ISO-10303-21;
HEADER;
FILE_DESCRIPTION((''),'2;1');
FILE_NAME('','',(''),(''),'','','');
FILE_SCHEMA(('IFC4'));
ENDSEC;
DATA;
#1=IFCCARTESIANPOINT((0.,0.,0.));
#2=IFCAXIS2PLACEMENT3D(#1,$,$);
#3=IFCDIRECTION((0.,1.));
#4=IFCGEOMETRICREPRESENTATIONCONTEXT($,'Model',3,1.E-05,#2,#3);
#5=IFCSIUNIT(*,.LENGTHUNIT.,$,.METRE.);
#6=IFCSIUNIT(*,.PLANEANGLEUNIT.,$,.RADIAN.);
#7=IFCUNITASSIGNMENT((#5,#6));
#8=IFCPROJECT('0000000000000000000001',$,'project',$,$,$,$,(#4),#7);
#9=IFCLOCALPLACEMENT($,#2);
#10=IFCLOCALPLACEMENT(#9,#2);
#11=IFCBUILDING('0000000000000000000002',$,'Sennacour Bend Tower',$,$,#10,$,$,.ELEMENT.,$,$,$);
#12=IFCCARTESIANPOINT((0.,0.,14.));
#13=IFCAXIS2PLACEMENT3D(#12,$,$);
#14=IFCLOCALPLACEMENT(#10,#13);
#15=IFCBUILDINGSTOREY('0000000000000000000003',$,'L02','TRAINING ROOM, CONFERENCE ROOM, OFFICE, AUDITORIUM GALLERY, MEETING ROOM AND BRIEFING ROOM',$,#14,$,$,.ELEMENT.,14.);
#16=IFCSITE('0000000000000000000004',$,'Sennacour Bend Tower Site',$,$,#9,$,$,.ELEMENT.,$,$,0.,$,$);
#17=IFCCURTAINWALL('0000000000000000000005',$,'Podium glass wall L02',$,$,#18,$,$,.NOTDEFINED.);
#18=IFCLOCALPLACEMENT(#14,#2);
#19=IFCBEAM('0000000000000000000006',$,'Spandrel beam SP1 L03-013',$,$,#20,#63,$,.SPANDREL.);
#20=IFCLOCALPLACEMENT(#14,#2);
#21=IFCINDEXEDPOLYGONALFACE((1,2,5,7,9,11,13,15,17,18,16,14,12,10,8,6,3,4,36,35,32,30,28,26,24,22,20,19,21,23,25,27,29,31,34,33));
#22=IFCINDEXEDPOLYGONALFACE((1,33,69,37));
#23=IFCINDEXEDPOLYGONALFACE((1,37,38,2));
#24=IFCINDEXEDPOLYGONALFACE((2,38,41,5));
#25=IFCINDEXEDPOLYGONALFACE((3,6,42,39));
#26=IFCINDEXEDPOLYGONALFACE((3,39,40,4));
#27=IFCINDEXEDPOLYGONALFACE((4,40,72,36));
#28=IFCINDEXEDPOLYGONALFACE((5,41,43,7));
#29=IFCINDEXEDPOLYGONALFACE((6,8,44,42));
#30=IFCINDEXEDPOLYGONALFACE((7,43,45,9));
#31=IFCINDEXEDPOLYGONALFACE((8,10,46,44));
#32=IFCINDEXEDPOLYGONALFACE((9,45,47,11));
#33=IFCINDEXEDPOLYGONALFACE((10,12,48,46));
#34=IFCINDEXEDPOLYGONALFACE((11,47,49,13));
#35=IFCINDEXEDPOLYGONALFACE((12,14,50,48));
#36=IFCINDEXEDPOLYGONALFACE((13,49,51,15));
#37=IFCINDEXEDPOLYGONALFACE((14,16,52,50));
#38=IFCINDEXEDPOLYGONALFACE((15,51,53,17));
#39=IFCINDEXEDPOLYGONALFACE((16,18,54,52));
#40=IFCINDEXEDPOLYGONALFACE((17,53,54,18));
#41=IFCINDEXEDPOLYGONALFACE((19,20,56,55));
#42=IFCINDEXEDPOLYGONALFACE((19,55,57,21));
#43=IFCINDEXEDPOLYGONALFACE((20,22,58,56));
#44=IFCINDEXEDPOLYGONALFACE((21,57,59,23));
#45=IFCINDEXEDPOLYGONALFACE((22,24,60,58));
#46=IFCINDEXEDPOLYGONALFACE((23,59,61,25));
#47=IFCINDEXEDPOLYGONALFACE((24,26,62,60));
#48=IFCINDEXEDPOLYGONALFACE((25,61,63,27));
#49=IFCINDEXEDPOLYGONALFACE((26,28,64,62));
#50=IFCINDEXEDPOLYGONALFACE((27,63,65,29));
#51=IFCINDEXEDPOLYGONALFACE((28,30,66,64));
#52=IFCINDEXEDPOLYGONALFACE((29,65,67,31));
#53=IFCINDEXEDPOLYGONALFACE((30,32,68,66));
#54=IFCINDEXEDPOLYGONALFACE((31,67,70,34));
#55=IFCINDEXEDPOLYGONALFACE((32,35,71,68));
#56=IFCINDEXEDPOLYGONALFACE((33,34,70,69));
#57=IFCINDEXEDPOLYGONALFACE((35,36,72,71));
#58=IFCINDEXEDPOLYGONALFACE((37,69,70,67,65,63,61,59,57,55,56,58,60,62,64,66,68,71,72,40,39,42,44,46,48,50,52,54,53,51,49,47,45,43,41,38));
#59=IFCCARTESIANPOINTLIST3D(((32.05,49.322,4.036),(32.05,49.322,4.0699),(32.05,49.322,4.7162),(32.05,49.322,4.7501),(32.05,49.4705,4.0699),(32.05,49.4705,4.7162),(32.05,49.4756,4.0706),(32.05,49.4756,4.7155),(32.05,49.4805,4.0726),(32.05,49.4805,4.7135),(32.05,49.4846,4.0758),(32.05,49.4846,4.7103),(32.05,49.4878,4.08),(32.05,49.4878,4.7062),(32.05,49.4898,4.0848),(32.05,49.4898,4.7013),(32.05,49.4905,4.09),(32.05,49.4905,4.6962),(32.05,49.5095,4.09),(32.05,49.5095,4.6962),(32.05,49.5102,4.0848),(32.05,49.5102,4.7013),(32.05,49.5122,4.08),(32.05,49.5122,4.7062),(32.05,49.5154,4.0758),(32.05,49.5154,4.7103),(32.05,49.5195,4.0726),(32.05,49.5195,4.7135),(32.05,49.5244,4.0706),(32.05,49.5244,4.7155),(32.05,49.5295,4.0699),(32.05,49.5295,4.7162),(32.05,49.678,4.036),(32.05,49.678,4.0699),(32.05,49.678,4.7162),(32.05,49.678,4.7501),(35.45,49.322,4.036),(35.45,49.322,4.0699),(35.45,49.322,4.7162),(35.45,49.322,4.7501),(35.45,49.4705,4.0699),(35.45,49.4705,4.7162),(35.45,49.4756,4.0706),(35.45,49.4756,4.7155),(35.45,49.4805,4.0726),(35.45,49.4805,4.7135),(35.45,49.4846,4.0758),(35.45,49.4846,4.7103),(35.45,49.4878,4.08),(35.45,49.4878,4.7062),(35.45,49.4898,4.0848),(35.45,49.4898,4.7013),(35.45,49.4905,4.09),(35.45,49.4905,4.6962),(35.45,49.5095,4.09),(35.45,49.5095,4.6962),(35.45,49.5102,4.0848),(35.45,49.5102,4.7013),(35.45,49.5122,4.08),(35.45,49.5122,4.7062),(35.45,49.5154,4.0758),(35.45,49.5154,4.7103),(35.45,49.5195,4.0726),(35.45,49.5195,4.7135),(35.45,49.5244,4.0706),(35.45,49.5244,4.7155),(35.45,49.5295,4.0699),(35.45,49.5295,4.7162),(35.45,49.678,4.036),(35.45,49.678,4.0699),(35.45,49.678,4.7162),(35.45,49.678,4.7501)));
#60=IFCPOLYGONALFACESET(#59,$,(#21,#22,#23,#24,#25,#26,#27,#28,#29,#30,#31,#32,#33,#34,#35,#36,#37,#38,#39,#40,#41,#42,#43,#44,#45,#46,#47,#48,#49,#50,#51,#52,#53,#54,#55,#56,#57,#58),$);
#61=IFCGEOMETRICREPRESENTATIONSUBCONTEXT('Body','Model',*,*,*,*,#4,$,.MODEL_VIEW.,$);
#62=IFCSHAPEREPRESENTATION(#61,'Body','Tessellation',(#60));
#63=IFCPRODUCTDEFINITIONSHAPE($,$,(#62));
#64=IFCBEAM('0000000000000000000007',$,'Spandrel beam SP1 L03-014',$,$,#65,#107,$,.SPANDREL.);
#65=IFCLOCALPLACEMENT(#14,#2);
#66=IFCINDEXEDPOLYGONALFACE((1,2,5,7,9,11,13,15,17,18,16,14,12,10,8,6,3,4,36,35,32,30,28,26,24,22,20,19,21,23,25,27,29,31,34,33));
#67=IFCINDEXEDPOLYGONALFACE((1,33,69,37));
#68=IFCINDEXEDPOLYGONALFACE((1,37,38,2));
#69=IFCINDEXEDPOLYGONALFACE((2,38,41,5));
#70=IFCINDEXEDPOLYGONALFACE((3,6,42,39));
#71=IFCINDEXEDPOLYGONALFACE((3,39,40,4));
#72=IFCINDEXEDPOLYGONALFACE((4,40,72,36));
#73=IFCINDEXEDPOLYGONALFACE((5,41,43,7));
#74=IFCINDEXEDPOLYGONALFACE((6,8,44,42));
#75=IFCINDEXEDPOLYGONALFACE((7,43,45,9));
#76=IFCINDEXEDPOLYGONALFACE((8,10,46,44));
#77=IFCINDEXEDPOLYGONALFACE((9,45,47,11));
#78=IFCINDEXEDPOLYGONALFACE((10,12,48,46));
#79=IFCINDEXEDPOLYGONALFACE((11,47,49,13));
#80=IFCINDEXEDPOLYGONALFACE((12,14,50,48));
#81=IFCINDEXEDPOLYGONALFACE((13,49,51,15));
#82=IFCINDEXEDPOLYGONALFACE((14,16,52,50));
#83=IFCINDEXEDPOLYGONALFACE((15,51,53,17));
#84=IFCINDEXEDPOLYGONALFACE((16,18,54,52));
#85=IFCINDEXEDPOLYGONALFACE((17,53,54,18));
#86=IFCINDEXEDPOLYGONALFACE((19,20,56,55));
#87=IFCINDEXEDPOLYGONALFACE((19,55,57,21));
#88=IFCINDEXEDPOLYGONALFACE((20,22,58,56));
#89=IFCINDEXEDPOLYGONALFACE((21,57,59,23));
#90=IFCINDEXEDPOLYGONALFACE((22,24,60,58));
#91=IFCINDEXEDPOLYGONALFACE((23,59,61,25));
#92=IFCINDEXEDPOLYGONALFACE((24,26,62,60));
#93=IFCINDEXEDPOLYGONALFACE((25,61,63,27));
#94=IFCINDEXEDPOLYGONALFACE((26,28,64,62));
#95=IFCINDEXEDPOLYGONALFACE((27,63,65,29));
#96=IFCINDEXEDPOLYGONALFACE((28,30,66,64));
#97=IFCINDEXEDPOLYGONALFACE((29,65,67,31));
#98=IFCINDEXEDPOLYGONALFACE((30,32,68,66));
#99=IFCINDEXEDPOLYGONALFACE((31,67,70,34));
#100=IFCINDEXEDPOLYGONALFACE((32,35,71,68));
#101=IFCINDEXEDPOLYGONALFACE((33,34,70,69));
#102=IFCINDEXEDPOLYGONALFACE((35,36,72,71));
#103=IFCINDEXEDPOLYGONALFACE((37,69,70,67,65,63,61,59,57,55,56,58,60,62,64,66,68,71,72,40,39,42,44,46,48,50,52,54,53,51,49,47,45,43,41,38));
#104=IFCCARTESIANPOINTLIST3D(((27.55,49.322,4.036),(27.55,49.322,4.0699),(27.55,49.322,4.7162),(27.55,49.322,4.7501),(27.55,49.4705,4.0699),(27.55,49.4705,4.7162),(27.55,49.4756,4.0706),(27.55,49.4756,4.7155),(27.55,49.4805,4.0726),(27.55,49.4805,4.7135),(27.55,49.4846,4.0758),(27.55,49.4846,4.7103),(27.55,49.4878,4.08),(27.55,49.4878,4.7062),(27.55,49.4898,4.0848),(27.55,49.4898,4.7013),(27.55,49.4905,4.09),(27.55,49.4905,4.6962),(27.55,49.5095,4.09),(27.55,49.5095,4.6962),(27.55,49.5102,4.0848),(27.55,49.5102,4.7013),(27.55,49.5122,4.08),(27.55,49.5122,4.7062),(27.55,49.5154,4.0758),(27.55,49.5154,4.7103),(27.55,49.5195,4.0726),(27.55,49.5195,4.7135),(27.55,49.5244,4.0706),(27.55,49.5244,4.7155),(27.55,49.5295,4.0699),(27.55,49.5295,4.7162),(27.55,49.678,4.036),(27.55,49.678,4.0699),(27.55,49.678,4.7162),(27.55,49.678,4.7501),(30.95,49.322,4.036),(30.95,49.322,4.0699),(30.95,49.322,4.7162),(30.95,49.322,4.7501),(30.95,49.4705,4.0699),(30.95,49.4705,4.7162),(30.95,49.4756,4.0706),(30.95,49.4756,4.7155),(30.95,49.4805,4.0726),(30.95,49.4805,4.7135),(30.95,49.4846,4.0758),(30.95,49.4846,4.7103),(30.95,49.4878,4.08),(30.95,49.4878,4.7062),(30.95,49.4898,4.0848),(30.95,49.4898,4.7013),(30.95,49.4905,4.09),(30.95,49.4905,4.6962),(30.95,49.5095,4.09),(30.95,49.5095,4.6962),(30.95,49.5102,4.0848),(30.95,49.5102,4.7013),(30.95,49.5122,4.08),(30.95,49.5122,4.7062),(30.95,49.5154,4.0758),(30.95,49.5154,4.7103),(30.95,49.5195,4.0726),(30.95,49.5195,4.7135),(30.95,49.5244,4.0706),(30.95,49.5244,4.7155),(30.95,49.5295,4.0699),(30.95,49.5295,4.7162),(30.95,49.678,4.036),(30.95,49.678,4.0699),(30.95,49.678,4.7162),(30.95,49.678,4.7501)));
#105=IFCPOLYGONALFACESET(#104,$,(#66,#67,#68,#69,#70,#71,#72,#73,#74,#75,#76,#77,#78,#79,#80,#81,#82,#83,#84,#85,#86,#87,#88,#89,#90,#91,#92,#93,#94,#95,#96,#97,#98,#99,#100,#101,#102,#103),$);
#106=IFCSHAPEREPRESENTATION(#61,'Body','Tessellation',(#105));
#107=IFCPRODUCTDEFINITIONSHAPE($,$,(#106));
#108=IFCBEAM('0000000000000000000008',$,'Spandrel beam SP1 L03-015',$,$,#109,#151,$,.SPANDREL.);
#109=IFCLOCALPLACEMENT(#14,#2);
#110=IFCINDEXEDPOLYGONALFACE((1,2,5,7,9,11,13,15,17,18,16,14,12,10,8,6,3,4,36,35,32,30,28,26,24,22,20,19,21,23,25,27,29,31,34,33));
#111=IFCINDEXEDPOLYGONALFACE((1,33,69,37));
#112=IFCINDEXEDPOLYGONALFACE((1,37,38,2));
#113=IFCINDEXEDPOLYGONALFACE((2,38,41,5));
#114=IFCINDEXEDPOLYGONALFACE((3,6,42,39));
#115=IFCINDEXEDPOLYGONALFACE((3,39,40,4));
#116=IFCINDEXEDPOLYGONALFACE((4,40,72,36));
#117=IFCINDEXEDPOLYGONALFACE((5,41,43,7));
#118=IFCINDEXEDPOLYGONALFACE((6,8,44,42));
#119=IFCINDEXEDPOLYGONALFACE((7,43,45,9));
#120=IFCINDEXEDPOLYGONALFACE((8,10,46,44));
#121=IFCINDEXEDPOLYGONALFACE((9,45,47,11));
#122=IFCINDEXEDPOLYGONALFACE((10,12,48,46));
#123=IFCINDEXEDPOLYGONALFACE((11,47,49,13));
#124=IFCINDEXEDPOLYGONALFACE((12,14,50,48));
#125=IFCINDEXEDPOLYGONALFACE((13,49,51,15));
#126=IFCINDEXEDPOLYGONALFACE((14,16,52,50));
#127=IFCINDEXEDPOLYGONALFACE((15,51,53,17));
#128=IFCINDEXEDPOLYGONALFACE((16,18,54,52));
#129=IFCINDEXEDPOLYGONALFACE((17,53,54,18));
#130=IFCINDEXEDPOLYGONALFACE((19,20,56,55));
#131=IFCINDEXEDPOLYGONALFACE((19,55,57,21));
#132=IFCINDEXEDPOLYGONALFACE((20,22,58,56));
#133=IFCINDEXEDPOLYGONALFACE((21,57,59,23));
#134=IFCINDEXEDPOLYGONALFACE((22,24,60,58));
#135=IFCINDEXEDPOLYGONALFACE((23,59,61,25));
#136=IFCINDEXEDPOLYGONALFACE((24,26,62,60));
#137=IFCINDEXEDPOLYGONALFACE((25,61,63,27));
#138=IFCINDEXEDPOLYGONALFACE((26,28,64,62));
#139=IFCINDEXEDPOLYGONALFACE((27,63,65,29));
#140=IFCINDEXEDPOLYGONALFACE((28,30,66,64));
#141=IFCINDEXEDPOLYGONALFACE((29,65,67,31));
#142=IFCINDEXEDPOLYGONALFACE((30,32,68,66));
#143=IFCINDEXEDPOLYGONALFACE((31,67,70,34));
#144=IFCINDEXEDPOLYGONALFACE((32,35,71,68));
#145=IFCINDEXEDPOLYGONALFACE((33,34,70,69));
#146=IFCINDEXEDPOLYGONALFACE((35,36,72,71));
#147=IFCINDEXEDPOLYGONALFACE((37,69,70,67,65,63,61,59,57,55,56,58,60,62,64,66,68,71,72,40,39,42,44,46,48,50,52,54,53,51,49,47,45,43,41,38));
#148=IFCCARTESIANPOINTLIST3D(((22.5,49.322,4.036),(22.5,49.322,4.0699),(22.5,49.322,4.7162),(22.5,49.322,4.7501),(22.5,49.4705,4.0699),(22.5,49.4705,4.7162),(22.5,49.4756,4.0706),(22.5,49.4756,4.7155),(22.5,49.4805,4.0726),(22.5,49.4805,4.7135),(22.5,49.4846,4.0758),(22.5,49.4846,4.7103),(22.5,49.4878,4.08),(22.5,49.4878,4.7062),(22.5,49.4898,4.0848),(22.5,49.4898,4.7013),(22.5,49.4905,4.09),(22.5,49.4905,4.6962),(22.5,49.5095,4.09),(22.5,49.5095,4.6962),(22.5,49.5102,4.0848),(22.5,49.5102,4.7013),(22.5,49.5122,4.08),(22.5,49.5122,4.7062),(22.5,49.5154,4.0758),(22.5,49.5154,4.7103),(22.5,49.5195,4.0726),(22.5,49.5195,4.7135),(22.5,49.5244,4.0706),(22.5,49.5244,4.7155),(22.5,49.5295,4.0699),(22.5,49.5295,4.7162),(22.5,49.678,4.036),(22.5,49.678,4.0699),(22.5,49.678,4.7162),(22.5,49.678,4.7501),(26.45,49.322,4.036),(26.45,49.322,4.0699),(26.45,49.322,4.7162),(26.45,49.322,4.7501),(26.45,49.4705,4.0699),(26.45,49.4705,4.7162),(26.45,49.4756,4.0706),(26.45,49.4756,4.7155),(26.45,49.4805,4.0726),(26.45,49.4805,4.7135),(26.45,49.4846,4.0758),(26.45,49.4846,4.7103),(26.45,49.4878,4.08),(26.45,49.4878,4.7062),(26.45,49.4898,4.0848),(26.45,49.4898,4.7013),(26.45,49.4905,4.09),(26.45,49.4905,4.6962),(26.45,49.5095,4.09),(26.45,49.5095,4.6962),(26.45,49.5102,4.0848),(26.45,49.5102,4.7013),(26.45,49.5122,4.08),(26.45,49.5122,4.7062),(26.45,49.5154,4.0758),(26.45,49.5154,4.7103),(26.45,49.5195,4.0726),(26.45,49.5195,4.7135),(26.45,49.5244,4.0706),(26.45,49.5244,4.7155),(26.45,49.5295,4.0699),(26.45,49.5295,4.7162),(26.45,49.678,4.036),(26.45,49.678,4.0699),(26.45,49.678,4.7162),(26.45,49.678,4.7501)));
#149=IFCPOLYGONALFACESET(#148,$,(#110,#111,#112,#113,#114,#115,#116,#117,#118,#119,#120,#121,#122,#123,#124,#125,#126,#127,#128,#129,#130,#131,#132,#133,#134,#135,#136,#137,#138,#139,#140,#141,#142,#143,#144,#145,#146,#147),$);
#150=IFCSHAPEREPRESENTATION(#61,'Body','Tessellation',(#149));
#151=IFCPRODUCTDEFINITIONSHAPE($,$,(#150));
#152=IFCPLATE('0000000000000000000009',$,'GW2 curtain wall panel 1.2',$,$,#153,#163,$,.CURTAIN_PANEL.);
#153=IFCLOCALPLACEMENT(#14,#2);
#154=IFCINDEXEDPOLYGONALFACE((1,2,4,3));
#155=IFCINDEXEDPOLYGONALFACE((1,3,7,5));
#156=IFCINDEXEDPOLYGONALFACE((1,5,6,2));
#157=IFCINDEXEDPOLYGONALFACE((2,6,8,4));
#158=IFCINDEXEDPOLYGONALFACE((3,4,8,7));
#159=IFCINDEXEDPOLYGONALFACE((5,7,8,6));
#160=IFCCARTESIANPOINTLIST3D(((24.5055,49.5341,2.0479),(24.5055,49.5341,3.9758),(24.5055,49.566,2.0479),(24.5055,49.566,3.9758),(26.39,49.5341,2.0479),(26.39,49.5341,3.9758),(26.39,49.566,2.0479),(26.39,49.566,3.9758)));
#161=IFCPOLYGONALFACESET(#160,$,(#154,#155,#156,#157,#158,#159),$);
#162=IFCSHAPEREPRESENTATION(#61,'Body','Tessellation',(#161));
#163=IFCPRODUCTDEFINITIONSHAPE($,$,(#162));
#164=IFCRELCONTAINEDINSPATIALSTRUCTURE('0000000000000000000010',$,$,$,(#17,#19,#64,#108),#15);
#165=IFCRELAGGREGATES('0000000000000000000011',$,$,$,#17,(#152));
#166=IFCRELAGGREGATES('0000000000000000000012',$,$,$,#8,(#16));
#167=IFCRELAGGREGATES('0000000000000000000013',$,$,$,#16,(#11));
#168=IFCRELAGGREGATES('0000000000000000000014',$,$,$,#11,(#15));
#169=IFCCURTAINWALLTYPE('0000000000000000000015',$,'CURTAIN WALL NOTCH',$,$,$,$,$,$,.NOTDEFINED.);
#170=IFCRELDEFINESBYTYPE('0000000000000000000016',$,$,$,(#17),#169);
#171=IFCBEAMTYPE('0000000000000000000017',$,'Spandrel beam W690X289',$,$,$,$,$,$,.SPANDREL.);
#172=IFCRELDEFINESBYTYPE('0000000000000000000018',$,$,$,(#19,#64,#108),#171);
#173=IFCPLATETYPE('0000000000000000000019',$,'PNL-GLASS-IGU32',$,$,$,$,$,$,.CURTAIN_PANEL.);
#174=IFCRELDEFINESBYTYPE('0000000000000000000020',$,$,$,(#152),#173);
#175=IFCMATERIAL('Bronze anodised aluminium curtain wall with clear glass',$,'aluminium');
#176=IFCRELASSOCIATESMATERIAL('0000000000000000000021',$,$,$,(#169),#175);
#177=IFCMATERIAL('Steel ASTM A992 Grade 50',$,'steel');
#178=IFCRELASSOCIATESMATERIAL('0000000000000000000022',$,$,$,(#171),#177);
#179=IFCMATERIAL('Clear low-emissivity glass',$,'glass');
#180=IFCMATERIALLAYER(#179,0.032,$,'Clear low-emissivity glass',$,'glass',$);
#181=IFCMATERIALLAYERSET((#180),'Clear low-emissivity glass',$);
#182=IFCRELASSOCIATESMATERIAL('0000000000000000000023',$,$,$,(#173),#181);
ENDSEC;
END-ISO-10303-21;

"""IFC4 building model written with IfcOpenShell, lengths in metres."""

from ifc_helpers import new_model, si_unit, direction, frame, origin, origin_2d, place, context, subcontext, project, spatial, rectangle, i_section, extrude, material, layer, layer_set, material_profile, profile_set, type_object, element, aggregate, save


model = new_model("IFC4")

# Units and contexts
model_context = context("Model", 3, precision=1e-05, world=origin(), true_north=direction((0.0, 1.0)))
body_context = subcontext(model_context, "Body", "Model", "MODEL_VIEW")
ifc_project = project(units=[si_unit("LENGTHUNIT", "METRE"), si_unit("PLANEANGLEUNIT", "RADIAN")], contexts=[model_context])

# Site, building, storey
site_placement = place(None, origin())
site = spatial("IfcSite", under=ifc_project, at=site_placement, Name="Sennacour Bend Tower Site", CompositionType="ELEMENT", RefElevation=0.0)
building_placement = place(site_placement, origin())
building = spatial("IfcBuilding", under=site, at=building_placement, Name="Sennacour Bend Tower", CompositionType="ELEMENT")
storey_placement = place(building_placement, frame((0.0, 0.0, 14.0)))
storey = spatial("IfcBuildingStorey", under=building, at=storey_placement, Name="L02", Description="TRAINING ROOM, CONFERENCE ROOM, OFFICE, AUDITORIUM GALLERY, MEETING ROOM AND BRIEFING ROOM", CompositionType="ELEMENT", Elevation=14.0)

# Curtain wall
ifc_material_1 = material(Name="Bronze anodised aluminium curtain wall with clear glass", Category="aluminium")
curtain_wall_type = type_object("IfcCurtainWallType", Name="CURTAIN WALL NOTCH", PredefinedType="NOTDEFINED", material=ifc_material_1)
curtain_wall_placement = place(storey_placement, origin())
curtain_wall = element("IfcCurtainWall", 1, at=curtain_wall_placement, inside=storey, type_object=curtain_wall_type, Name="Podium glass wall L02", PredefinedType="NOTDEFINED")

# Beams
ifc_material_2 = material(Name="Steel ASTM A992 Grade 50", Category="steel")
ifc_material_profile_1 = material_profile(ifc_material_2, i_section(OverallWidth=0.356, OverallDepth=0.7141, WebThickness=0.019, FlangeThickness=0.0339, FilletRadius=0.02, at=origin_2d()), Name="Steel ASTM A992 Grade 50", Category="steel")
ifc_profile_set_1 = profile_set([ifc_material_profile_1], Name="Steel ASTM A992 Grade 50")
beam_type = type_object("IfcBeamType", Name="Spandrel beam W690X289", PredefinedType="SPANDREL", material=ifc_profile_set_1)
for number, where, z_axis, x_axis, name in (
    (2, (35.45, 49.5, 4.3931), (-1.0, 0.0, 0.0), (0.0, -1.0, 0.0), "Spandrel beam SP1 L03-013"),
    (3, (30.95, 49.5, 4.3931), (-1.0, 0.0, 0.0), (0.0, -1.0, 0.0), "Spandrel beam SP1 L03-014"),
):
    element("IfcBeam", number, at=place(storey_placement, frame(where, z_axis=z_axis, x_axis=x_axis)), inside=storey, type_object=beam_type, Name=name, PredefinedType="SPANDREL", context=body_context, shape_type="SweptSolid", body=[
        extrude(i_section(OverallWidth=0.356, OverallDepth=0.7141, WebThickness=0.019, FlangeThickness=0.0339, FilletRadius=0.02, at=origin_2d()), origin(), (0.0, 0.0, 1.0), 3.3999),
    ])
beam_placement = place(storey_placement, frame((26.45, 49.5, 4.3931), z_axis=(-1.0, 0.0, 0.0), x_axis=(0.0, -1.0, 0.0)))
element("IfcBeam", 4, at=beam_placement, inside=storey, type_object=beam_type, Name="Spandrel beam SP1 L03-015", PredefinedType="SPANDREL", context=body_context, shape_type="SweptSolid", body=[
    extrude(i_section(OverallWidth=0.356, OverallDepth=0.7141, WebThickness=0.019, FlangeThickness=0.0339, FilletRadius=0.02, at=origin_2d()), origin(), (0.0, 0.0, 1.0), 3.95),
])

# Plate
ifc_material_3 = material(Name="Clear low-emissivity glass", Category="glass")
ifc_layer_1 = layer(ifc_material_3, 0.032, Name="Clear low-emissivity glass", Category="glass")
ifc_layer_set_1 = layer_set([ifc_layer_1], Name="Clear low-emissivity glass")
plate_type = type_object("IfcPlateType", Name="PNL-GLASS-IGU32", PredefinedType="CURTAIN_PANEL", material=ifc_layer_set_1)
plate_placement = place(storey_placement, frame((25.4478, 49.55, 2.0479), z_axis=(0.0, 0.0, 1.0), x_axis=(-1.0, 0.0, 0.0)))
plate = element("IfcPlate", 5, at=plate_placement, type_object=plate_type, Name="GW2 curtain wall panel 1.2", PredefinedType="CURTAIN_PANEL", context=body_context, shape_type="SweptSolid", body=[
    extrude(rectangle(XDim=1.8845, YDim=0.032, at=origin_2d()), origin(), (0.0, 0.0, 1.0), 1.928),
])
aggregate(curtain_wall, [plate])

save(model, "model.ifc")
